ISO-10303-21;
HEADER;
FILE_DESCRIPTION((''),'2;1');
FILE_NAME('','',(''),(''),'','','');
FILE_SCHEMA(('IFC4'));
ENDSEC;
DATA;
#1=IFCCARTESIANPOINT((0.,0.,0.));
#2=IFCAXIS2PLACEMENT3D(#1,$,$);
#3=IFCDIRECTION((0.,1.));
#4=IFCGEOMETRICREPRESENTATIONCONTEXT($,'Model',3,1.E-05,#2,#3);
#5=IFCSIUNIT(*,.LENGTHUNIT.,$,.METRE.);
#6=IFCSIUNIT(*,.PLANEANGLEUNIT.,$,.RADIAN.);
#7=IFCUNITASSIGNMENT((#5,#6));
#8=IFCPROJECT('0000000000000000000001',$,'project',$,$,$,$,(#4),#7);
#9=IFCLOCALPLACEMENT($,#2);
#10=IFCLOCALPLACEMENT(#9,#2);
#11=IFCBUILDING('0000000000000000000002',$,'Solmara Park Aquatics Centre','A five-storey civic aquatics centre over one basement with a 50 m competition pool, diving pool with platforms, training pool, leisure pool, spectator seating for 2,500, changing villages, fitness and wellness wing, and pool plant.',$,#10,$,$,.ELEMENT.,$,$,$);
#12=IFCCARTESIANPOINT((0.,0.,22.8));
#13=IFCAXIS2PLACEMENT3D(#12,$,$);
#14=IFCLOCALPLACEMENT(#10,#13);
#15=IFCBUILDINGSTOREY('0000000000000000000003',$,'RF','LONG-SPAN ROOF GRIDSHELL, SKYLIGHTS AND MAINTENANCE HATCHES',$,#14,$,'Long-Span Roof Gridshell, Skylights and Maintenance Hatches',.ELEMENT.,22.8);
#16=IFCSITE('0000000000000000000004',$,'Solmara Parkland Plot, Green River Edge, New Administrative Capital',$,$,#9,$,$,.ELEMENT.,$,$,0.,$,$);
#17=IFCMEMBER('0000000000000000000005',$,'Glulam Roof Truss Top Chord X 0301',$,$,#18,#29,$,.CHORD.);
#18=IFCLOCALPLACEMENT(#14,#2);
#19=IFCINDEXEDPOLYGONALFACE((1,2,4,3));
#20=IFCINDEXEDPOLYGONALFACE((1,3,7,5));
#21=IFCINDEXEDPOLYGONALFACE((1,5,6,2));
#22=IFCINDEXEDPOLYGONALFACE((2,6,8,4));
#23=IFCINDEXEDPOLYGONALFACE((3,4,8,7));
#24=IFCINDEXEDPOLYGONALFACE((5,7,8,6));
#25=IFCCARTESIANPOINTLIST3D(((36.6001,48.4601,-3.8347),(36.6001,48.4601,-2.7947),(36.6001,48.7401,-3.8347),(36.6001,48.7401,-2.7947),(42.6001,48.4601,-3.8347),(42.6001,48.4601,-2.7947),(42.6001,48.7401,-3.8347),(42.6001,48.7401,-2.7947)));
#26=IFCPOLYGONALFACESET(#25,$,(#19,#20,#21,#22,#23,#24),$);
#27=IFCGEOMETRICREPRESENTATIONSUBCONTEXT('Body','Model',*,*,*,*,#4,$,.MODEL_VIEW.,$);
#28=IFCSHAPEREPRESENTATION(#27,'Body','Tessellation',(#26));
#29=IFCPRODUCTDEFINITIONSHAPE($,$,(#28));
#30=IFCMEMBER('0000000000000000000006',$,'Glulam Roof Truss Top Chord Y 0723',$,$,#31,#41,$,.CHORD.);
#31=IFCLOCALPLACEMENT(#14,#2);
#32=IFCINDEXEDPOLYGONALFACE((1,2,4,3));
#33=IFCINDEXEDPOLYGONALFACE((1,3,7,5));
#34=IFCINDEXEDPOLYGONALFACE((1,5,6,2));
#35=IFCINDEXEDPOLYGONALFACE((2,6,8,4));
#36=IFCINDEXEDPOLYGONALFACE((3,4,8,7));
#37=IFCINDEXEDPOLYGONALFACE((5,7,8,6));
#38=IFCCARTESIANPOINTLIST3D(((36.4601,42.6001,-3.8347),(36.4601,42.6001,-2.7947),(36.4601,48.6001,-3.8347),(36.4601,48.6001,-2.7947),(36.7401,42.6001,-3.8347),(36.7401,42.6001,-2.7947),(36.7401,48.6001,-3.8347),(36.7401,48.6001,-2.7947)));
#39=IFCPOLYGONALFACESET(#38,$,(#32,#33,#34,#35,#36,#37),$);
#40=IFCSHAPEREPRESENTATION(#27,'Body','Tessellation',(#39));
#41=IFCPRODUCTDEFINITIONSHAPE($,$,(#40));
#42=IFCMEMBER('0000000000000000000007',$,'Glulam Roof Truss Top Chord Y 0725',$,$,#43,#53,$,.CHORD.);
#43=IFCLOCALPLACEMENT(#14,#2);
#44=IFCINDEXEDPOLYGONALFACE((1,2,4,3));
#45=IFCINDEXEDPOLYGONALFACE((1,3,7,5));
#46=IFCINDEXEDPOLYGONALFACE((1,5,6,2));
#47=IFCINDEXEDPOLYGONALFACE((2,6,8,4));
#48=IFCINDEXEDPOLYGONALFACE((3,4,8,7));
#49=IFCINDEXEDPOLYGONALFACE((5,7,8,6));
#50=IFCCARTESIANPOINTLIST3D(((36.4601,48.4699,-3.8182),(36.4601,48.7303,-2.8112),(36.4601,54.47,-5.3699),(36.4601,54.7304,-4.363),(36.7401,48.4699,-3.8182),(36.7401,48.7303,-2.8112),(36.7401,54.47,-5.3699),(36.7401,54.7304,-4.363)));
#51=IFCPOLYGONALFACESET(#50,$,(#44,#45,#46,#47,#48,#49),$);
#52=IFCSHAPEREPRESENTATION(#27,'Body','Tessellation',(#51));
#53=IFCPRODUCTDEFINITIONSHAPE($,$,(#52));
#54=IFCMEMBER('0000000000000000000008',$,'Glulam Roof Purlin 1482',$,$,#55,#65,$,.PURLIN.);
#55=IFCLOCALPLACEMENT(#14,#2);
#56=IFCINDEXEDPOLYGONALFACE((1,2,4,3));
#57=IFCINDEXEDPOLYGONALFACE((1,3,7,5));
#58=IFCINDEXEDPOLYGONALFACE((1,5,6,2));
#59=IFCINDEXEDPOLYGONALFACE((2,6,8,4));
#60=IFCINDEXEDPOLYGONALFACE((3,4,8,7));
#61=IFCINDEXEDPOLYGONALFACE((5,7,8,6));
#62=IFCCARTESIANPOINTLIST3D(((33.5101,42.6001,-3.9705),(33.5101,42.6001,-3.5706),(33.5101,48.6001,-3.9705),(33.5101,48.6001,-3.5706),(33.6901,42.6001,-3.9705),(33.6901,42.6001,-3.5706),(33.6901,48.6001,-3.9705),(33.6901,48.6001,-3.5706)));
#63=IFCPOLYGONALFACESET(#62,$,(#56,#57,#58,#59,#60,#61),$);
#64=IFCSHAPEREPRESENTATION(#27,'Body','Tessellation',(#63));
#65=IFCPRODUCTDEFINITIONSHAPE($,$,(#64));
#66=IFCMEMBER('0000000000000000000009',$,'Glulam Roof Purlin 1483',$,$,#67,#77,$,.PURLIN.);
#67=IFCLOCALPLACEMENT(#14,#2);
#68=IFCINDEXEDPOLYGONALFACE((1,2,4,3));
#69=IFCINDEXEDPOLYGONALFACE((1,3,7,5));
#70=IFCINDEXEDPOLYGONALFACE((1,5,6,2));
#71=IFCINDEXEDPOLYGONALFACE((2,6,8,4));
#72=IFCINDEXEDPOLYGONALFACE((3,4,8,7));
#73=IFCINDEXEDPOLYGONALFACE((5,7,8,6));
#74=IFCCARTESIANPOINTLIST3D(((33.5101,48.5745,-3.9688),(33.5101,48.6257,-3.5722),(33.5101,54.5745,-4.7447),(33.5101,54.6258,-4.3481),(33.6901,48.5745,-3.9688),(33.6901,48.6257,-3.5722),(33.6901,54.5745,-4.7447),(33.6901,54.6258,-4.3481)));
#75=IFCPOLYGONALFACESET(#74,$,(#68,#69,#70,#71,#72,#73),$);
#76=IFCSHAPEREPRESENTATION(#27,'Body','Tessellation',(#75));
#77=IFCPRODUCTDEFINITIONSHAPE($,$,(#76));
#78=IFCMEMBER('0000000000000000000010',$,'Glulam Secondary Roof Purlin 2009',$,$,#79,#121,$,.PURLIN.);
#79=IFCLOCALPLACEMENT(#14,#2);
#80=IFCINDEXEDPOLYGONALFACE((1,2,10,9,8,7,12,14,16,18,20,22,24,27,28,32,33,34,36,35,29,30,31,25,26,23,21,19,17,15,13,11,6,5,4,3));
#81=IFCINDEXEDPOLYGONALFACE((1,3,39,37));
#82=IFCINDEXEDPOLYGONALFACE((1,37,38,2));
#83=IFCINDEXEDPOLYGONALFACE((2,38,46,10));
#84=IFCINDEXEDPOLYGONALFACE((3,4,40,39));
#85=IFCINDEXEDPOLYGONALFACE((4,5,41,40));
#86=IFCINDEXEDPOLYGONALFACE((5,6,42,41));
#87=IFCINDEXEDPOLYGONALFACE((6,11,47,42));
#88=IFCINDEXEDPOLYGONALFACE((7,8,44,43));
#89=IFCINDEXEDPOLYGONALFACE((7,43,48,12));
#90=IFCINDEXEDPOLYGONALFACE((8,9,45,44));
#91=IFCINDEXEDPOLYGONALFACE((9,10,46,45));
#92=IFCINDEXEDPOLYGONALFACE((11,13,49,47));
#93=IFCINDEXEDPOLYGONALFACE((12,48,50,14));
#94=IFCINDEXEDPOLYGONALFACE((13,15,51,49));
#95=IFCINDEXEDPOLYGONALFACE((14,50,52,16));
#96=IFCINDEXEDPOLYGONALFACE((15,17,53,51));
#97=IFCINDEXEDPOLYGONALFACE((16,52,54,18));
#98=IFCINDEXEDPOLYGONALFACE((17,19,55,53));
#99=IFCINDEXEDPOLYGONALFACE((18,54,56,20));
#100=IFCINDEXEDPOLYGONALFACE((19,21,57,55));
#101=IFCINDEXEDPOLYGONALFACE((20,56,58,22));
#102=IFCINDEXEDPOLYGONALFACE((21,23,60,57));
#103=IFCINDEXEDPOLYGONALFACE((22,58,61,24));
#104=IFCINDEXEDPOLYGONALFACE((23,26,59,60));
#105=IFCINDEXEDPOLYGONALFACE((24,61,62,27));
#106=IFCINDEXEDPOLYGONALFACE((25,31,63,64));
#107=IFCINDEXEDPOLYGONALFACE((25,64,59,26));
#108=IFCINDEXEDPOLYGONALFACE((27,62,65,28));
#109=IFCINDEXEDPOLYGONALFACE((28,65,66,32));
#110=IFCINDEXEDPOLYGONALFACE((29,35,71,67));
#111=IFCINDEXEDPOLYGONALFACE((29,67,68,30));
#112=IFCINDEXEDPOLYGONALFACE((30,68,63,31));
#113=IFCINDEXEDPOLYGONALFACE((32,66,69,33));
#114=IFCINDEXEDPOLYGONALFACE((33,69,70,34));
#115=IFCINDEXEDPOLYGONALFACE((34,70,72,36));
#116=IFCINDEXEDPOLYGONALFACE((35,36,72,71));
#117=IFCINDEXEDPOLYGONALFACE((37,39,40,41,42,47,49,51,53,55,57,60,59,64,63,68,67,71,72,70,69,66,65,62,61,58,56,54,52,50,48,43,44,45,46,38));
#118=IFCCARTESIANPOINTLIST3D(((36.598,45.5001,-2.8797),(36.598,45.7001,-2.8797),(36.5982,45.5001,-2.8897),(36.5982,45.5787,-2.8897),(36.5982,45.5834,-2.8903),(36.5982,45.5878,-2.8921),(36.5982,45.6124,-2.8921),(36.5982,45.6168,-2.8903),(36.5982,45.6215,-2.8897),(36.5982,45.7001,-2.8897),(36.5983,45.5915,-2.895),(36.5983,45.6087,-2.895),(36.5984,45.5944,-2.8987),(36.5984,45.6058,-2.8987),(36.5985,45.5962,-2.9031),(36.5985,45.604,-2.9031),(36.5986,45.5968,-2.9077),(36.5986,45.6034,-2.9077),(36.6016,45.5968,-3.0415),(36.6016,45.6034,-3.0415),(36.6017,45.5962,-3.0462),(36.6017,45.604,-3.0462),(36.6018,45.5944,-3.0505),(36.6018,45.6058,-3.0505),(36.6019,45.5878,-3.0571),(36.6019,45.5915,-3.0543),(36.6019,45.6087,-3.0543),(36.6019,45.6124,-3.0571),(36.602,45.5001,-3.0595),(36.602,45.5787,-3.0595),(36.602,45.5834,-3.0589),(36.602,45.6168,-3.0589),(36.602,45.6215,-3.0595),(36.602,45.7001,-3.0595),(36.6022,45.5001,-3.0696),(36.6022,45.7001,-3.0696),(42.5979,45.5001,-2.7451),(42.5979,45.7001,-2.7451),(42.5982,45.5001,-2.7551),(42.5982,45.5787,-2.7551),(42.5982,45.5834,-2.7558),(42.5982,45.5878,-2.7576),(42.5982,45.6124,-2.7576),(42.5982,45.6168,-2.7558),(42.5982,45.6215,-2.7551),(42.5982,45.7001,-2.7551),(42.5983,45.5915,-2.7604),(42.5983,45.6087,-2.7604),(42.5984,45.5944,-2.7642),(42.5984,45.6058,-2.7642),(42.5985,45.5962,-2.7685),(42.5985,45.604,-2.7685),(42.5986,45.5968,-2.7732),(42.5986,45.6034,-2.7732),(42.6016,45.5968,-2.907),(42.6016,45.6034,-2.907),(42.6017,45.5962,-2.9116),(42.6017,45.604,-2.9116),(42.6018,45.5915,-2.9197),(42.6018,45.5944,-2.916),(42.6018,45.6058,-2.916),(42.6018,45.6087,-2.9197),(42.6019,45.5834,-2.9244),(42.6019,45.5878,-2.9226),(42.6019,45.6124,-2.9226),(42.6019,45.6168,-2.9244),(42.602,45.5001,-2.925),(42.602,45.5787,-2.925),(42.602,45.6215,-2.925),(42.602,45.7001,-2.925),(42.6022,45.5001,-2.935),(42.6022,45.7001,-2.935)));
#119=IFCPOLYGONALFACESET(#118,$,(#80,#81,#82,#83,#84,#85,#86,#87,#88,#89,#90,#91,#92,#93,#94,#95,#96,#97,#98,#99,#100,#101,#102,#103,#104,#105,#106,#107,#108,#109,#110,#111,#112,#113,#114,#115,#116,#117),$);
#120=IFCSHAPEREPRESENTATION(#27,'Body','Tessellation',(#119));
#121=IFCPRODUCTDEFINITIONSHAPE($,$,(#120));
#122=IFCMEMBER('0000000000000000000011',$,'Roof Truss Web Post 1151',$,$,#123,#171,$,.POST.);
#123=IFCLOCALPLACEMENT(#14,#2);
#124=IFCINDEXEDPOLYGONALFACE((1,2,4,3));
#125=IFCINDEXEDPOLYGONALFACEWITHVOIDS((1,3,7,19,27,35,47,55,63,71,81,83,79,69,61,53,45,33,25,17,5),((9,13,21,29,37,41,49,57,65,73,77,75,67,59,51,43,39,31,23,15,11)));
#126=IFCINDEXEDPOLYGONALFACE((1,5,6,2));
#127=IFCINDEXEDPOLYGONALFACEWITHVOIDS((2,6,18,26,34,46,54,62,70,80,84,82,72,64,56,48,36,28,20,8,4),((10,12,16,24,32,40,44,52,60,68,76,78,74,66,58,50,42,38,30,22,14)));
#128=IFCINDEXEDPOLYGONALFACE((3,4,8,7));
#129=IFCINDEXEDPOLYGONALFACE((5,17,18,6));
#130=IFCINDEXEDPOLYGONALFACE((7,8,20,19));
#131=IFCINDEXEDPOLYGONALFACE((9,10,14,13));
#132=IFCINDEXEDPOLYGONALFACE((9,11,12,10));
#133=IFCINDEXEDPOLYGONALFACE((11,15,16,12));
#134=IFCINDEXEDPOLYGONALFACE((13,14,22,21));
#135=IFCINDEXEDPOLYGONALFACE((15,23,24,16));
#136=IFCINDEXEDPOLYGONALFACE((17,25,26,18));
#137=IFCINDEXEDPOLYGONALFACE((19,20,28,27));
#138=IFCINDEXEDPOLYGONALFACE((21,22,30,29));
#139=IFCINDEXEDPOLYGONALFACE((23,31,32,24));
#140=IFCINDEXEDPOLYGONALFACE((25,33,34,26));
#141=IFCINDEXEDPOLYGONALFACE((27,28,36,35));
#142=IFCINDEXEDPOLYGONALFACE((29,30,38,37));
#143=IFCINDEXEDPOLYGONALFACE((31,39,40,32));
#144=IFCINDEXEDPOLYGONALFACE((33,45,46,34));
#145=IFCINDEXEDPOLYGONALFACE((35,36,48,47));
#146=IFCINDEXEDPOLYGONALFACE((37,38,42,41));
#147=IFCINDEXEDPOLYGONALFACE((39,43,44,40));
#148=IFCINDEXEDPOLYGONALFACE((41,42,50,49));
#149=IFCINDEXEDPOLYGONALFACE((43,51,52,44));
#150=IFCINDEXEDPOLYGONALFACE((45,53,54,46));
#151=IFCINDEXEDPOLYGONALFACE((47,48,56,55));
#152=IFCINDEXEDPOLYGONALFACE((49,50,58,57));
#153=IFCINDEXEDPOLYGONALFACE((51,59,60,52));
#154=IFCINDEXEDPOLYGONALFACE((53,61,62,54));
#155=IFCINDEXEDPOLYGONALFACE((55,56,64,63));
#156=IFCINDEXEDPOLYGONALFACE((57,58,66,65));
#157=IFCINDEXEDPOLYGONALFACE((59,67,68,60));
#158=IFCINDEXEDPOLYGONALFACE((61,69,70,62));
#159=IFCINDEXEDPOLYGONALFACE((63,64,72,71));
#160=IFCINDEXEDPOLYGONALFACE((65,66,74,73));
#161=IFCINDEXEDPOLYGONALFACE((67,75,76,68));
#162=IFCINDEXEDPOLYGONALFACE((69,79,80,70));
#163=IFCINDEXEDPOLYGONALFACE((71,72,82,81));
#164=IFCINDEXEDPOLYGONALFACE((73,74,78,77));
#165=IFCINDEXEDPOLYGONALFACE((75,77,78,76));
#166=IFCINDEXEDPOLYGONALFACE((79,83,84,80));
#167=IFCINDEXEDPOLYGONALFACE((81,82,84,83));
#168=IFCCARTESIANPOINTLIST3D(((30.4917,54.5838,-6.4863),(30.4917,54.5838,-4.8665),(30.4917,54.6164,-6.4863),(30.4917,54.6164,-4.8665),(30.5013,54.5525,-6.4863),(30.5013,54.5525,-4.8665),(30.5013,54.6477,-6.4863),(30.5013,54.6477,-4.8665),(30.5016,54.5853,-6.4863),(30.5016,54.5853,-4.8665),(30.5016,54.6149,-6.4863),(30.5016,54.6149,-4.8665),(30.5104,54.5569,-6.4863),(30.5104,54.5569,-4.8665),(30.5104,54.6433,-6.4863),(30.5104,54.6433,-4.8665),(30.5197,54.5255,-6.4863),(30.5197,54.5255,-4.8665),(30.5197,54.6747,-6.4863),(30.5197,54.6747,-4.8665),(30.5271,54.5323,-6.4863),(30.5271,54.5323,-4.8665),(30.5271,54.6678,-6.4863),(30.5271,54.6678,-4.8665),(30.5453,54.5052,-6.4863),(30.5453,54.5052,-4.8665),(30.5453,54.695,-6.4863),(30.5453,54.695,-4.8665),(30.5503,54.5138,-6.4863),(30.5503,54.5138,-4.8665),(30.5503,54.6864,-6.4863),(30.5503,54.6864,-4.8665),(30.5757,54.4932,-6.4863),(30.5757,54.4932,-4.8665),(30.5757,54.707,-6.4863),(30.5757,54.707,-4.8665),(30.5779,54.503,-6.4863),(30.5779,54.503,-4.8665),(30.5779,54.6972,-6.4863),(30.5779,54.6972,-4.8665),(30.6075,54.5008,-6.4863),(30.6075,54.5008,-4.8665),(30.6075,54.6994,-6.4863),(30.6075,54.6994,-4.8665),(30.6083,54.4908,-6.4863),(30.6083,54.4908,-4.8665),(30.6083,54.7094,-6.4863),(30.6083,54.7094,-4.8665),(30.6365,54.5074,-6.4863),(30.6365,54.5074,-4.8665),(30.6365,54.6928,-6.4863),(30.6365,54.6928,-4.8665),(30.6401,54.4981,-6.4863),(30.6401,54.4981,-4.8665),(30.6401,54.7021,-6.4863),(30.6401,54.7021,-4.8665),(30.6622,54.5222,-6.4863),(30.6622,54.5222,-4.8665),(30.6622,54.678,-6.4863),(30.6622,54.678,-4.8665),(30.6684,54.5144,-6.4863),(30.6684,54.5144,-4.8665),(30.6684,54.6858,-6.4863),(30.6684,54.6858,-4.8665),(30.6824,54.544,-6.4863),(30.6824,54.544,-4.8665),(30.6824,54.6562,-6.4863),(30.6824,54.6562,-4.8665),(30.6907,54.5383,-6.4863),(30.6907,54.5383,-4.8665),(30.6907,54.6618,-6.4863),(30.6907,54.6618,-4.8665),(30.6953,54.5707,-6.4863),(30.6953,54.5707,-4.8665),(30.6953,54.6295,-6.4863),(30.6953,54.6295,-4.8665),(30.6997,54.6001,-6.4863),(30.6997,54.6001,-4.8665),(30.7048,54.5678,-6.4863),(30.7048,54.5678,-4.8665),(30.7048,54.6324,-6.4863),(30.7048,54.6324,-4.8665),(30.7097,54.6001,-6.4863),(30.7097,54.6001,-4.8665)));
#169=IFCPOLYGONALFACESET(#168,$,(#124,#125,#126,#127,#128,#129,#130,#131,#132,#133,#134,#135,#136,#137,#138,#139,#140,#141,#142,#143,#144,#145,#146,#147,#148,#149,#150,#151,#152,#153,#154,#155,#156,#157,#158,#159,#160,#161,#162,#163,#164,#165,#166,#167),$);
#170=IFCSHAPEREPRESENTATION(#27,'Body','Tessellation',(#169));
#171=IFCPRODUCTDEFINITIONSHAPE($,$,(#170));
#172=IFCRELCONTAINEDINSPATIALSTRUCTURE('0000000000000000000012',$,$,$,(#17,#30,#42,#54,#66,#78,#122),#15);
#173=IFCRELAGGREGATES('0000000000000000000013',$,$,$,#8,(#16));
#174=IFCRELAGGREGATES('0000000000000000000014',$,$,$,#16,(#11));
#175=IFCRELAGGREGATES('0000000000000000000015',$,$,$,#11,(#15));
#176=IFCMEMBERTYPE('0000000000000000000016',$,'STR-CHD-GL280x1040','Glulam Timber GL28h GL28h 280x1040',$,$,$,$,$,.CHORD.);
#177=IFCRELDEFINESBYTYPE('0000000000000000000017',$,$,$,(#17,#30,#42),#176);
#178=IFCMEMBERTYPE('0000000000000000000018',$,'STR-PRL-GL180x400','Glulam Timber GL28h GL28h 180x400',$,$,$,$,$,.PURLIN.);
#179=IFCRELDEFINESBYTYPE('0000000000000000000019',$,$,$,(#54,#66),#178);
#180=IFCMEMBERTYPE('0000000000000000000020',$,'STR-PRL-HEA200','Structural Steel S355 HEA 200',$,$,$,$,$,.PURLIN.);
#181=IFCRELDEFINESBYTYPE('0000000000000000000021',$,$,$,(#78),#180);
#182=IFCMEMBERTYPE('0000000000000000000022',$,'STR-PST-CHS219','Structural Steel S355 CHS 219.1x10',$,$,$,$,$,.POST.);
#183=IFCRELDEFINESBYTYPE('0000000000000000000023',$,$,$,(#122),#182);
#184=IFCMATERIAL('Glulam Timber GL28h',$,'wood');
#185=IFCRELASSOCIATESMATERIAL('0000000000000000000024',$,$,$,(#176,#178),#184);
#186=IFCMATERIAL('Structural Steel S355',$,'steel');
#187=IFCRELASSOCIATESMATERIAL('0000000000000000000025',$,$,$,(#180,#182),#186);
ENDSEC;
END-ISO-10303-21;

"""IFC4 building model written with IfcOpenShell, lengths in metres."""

from ifc_helpers import new_model, si_unit, direction, frame, origin, origin_2d, place, context, subcontext, project, spatial, rectangle, hollow_circle, i_section, extrude, material, material_profile, profile_set, type_object, element, save


model = new_model("IFC4")

# Units and contexts
model_context = context("Model", 3, precision=1e-05, world=origin(), true_north=direction((0.0, 1.0)))
body_context = subcontext(model_context, "Body", "Model", "MODEL_VIEW")
ifc_project = project(units=[si_unit("LENGTHUNIT", "METRE"), si_unit("PLANEANGLEUNIT", "RADIAN")], contexts=[model_context])

# Site, building, storey
site_placement = place(None, origin())
site = spatial("IfcSite", under=ifc_project, at=site_placement, Name="Solmara Parkland Plot, Green River Edge, New Administrative Capital", CompositionType="ELEMENT", RefElevation=0.0)
building_placement = place(site_placement, origin())
building = spatial("IfcBuilding", under=site, at=building_placement, Name="Solmara Park Aquatics Centre", Description="A five-storey civic aquatics centre over one basement with a 50 m competition pool, diving pool with platforms, training pool, leisure pool, spectator seating for 2,500, changing villages, fitness and wellness wing, and pool plant.", CompositionType="ELEMENT")
storey_placement = place(building_placement, frame((0.0, 0.0, 22.8)))
storey = spatial("IfcBuildingStorey", under=building, at=storey_placement, Name="RF", Description="LONG-SPAN ROOF GRIDSHELL, SKYLIGHTS AND MAINTENANCE HATCHES", LongName="Long-Span Roof Gridshell, Skylights and Maintenance Hatches", CompositionType="ELEMENT", Elevation=22.8)

# Members
ifc_material_1 = material(Name="Structural Steel S355", Category="steel")
ifc_material_2 = material(Name="Glulam Timber GL28h", Category="wood")
ifc_material_profile_1 = material_profile(ifc_material_2, rectangle(XDim=0.28, YDim=1.04, at=origin_2d()), Name="GL28h 280x1040")
ifc_profile_set_1 = profile_set([ifc_material_profile_1], Name="Glulam Timber GL28h")
member_type_1 = type_object("IfcMemberType", Name="STR-CHD-GL280x1040", Description="Glulam Timber GL28h GL28h 280x1040", PredefinedType="CHORD", material=ifc_profile_set_1)
for number, where, z_axis, x_axis, name in (
    (1, (36.6001, 48.6001, -3.3147), (1.0, 0.0, 0.0), (0.0, 1.0, 0.0), "Glulam Roof Truss Top Chord X 0301"),
    (2, (36.6001, 42.6001, -3.3147), (0.0, 1.0, 0.0), (-1.0, 0.0, 0.0), "Glulam Roof Truss Top Chord Y 0723"),
):
    element("IfcMember", number, at=place(storey_placement, frame(where, z_axis=z_axis, x_axis=x_axis)), inside=storey, type_object=member_type_1, Name=name, PredefinedType="CHORD", context=body_context, shape_type="SweptSolid", body=[
        extrude(rectangle(XDim=0.28, YDim=1.04, at=origin_2d()), origin(), (0.0, 0.0, 1.0), 6.0),
    ])
member_1_placement = place(storey_placement, frame((36.6001, 48.6001, -3.3147), z_axis=(0.0, 0.968146, -0.250388), x_axis=(-1.0, 0.0, 0.0)))
element("IfcMember", 3, at=member_1_placement, inside=storey, type_object=member_type_1, Name="Glulam Roof Truss Top Chord Y 0725", PredefinedType="CHORD", context=body_context, shape_type="SweptSolid", body=[
    extrude(rectangle(XDim=0.28, YDim=1.04, at=origin_2d()), origin(), (0.0, 0.0, 1.0), 6.1975),
])
ifc_material_profile_2 = material_profile(ifc_material_2, rectangle(XDim=0.1799, YDim=0.3999, at=origin_2d()), Name="GL28h 180x400")
ifc_profile_set_2 = profile_set([ifc_material_profile_2], Name="Glulam Timber GL28h")
member_type_2 = type_object("IfcMemberType", Name="STR-PRL-GL180x400", Description="Glulam Timber GL28h GL28h 180x400", PredefinedType="PURLIN", material=ifc_profile_set_2)
member_2_placement = place(storey_placement, frame((33.6001, 42.6001, -3.7705), z_axis=(0.0, 1.0, 0.0), x_axis=(-1.0, 0.0, 0.0)))
element("IfcMember", 4, at=member_2_placement, inside=storey, type_object=member_type_2, Name="Glulam Roof Purlin 1482", PredefinedType="PURLIN", context=body_context, shape_type="SweptSolid", body=[
    extrude(rectangle(XDim=0.1799, YDim=0.3999, at=origin_2d()), origin(), (0.0, 0.0, 1.0), 6.0),
])
member_3_placement = place(storey_placement, frame((33.6001, 48.6001, -3.7705), z_axis=(0.0, 0.991742, -0.128245), x_axis=(-1.0, 0.0, 0.0)))
element("IfcMember", 5, at=member_3_placement, inside=storey, type_object=member_type_2, Name="Glulam Roof Purlin 1483", PredefinedType="PURLIN", context=body_context, shape_type="SweptSolid", body=[
    extrude(rectangle(XDim=0.1799, YDim=0.3999, at=origin_2d()), origin(), (0.0, 0.0, 1.0), 6.05),
])
ifc_material_profile_3 = material_profile(ifc_material_1, i_section(OverallWidth=0.2, OverallDepth=0.1899, WebThickness=0.0066, FlangeThickness=0.01, FilletRadius=0.0181, at=origin_2d()), Name="HEA 200")
ifc_profile_set_3 = profile_set([ifc_material_profile_3], Name="Structural Steel S355")
member_type_3 = type_object("IfcMemberType", Name="STR-PRL-HEA200", Description="Structural Steel S355 HEA 200", PredefinedType="PURLIN", material=ifc_profile_set_3)
member_4_placement = place(storey_placement, frame((36.6001, 45.6001, -2.9746), z_axis=(0.999749, 0.0, 0.022415), x_axis=(0.0, 1.0, 0.0)))
element("IfcMember", 6, at=member_4_placement, inside=storey, type_object=member_type_3, Name="Glulam Secondary Roof Purlin 2009", PredefinedType="PURLIN", context=body_context, shape_type="SweptSolid", body=[
    extrude(i_section(OverallWidth=0.2, OverallDepth=0.1899, WebThickness=0.0066, FlangeThickness=0.01, FilletRadius=0.0181, at=origin_2d()), origin(), (0.0, 0.0, 1.0), 6.0015),
])
ifc_material_profile_4 = material_profile(ifc_material_1, hollow_circle(Radius=0.1096, WallThickness=0.01, at=origin_2d()), Name="CHS 219.1x10")
ifc_profile_set_4 = profile_set([ifc_material_profile_4], Name="Structural Steel S355")
member_type_4 = type_object("IfcMemberType", Name="STR-PST-CHS219", Description="Structural Steel S355 CHS 219.1x10", PredefinedType="POST", material=ifc_profile_set_4)
for number, where, z_axis, x_axis, name in (
    (7, (30.6001, 54.6001, -6.4863), (0.0, 0.0, 1.0), (1.0, 0.0, 0.0), "Roof Truss Web Post 1151"),
):
    element("IfcMember", number, at=place(storey_placement, frame(where, z_axis=z_axis, x_axis=x_axis)), inside=storey, type_object=member_type_4, Name=name, PredefinedType="POST", context=body_context, shape_type="SweptSolid", body=[
        extrude(hollow_circle(Radius=0.1096, WallThickness=0.01, at=origin_2d()), origin(), (0.0, 0.0, 1.0), 1.6199),
    ])

save(model, "model.ifc")
